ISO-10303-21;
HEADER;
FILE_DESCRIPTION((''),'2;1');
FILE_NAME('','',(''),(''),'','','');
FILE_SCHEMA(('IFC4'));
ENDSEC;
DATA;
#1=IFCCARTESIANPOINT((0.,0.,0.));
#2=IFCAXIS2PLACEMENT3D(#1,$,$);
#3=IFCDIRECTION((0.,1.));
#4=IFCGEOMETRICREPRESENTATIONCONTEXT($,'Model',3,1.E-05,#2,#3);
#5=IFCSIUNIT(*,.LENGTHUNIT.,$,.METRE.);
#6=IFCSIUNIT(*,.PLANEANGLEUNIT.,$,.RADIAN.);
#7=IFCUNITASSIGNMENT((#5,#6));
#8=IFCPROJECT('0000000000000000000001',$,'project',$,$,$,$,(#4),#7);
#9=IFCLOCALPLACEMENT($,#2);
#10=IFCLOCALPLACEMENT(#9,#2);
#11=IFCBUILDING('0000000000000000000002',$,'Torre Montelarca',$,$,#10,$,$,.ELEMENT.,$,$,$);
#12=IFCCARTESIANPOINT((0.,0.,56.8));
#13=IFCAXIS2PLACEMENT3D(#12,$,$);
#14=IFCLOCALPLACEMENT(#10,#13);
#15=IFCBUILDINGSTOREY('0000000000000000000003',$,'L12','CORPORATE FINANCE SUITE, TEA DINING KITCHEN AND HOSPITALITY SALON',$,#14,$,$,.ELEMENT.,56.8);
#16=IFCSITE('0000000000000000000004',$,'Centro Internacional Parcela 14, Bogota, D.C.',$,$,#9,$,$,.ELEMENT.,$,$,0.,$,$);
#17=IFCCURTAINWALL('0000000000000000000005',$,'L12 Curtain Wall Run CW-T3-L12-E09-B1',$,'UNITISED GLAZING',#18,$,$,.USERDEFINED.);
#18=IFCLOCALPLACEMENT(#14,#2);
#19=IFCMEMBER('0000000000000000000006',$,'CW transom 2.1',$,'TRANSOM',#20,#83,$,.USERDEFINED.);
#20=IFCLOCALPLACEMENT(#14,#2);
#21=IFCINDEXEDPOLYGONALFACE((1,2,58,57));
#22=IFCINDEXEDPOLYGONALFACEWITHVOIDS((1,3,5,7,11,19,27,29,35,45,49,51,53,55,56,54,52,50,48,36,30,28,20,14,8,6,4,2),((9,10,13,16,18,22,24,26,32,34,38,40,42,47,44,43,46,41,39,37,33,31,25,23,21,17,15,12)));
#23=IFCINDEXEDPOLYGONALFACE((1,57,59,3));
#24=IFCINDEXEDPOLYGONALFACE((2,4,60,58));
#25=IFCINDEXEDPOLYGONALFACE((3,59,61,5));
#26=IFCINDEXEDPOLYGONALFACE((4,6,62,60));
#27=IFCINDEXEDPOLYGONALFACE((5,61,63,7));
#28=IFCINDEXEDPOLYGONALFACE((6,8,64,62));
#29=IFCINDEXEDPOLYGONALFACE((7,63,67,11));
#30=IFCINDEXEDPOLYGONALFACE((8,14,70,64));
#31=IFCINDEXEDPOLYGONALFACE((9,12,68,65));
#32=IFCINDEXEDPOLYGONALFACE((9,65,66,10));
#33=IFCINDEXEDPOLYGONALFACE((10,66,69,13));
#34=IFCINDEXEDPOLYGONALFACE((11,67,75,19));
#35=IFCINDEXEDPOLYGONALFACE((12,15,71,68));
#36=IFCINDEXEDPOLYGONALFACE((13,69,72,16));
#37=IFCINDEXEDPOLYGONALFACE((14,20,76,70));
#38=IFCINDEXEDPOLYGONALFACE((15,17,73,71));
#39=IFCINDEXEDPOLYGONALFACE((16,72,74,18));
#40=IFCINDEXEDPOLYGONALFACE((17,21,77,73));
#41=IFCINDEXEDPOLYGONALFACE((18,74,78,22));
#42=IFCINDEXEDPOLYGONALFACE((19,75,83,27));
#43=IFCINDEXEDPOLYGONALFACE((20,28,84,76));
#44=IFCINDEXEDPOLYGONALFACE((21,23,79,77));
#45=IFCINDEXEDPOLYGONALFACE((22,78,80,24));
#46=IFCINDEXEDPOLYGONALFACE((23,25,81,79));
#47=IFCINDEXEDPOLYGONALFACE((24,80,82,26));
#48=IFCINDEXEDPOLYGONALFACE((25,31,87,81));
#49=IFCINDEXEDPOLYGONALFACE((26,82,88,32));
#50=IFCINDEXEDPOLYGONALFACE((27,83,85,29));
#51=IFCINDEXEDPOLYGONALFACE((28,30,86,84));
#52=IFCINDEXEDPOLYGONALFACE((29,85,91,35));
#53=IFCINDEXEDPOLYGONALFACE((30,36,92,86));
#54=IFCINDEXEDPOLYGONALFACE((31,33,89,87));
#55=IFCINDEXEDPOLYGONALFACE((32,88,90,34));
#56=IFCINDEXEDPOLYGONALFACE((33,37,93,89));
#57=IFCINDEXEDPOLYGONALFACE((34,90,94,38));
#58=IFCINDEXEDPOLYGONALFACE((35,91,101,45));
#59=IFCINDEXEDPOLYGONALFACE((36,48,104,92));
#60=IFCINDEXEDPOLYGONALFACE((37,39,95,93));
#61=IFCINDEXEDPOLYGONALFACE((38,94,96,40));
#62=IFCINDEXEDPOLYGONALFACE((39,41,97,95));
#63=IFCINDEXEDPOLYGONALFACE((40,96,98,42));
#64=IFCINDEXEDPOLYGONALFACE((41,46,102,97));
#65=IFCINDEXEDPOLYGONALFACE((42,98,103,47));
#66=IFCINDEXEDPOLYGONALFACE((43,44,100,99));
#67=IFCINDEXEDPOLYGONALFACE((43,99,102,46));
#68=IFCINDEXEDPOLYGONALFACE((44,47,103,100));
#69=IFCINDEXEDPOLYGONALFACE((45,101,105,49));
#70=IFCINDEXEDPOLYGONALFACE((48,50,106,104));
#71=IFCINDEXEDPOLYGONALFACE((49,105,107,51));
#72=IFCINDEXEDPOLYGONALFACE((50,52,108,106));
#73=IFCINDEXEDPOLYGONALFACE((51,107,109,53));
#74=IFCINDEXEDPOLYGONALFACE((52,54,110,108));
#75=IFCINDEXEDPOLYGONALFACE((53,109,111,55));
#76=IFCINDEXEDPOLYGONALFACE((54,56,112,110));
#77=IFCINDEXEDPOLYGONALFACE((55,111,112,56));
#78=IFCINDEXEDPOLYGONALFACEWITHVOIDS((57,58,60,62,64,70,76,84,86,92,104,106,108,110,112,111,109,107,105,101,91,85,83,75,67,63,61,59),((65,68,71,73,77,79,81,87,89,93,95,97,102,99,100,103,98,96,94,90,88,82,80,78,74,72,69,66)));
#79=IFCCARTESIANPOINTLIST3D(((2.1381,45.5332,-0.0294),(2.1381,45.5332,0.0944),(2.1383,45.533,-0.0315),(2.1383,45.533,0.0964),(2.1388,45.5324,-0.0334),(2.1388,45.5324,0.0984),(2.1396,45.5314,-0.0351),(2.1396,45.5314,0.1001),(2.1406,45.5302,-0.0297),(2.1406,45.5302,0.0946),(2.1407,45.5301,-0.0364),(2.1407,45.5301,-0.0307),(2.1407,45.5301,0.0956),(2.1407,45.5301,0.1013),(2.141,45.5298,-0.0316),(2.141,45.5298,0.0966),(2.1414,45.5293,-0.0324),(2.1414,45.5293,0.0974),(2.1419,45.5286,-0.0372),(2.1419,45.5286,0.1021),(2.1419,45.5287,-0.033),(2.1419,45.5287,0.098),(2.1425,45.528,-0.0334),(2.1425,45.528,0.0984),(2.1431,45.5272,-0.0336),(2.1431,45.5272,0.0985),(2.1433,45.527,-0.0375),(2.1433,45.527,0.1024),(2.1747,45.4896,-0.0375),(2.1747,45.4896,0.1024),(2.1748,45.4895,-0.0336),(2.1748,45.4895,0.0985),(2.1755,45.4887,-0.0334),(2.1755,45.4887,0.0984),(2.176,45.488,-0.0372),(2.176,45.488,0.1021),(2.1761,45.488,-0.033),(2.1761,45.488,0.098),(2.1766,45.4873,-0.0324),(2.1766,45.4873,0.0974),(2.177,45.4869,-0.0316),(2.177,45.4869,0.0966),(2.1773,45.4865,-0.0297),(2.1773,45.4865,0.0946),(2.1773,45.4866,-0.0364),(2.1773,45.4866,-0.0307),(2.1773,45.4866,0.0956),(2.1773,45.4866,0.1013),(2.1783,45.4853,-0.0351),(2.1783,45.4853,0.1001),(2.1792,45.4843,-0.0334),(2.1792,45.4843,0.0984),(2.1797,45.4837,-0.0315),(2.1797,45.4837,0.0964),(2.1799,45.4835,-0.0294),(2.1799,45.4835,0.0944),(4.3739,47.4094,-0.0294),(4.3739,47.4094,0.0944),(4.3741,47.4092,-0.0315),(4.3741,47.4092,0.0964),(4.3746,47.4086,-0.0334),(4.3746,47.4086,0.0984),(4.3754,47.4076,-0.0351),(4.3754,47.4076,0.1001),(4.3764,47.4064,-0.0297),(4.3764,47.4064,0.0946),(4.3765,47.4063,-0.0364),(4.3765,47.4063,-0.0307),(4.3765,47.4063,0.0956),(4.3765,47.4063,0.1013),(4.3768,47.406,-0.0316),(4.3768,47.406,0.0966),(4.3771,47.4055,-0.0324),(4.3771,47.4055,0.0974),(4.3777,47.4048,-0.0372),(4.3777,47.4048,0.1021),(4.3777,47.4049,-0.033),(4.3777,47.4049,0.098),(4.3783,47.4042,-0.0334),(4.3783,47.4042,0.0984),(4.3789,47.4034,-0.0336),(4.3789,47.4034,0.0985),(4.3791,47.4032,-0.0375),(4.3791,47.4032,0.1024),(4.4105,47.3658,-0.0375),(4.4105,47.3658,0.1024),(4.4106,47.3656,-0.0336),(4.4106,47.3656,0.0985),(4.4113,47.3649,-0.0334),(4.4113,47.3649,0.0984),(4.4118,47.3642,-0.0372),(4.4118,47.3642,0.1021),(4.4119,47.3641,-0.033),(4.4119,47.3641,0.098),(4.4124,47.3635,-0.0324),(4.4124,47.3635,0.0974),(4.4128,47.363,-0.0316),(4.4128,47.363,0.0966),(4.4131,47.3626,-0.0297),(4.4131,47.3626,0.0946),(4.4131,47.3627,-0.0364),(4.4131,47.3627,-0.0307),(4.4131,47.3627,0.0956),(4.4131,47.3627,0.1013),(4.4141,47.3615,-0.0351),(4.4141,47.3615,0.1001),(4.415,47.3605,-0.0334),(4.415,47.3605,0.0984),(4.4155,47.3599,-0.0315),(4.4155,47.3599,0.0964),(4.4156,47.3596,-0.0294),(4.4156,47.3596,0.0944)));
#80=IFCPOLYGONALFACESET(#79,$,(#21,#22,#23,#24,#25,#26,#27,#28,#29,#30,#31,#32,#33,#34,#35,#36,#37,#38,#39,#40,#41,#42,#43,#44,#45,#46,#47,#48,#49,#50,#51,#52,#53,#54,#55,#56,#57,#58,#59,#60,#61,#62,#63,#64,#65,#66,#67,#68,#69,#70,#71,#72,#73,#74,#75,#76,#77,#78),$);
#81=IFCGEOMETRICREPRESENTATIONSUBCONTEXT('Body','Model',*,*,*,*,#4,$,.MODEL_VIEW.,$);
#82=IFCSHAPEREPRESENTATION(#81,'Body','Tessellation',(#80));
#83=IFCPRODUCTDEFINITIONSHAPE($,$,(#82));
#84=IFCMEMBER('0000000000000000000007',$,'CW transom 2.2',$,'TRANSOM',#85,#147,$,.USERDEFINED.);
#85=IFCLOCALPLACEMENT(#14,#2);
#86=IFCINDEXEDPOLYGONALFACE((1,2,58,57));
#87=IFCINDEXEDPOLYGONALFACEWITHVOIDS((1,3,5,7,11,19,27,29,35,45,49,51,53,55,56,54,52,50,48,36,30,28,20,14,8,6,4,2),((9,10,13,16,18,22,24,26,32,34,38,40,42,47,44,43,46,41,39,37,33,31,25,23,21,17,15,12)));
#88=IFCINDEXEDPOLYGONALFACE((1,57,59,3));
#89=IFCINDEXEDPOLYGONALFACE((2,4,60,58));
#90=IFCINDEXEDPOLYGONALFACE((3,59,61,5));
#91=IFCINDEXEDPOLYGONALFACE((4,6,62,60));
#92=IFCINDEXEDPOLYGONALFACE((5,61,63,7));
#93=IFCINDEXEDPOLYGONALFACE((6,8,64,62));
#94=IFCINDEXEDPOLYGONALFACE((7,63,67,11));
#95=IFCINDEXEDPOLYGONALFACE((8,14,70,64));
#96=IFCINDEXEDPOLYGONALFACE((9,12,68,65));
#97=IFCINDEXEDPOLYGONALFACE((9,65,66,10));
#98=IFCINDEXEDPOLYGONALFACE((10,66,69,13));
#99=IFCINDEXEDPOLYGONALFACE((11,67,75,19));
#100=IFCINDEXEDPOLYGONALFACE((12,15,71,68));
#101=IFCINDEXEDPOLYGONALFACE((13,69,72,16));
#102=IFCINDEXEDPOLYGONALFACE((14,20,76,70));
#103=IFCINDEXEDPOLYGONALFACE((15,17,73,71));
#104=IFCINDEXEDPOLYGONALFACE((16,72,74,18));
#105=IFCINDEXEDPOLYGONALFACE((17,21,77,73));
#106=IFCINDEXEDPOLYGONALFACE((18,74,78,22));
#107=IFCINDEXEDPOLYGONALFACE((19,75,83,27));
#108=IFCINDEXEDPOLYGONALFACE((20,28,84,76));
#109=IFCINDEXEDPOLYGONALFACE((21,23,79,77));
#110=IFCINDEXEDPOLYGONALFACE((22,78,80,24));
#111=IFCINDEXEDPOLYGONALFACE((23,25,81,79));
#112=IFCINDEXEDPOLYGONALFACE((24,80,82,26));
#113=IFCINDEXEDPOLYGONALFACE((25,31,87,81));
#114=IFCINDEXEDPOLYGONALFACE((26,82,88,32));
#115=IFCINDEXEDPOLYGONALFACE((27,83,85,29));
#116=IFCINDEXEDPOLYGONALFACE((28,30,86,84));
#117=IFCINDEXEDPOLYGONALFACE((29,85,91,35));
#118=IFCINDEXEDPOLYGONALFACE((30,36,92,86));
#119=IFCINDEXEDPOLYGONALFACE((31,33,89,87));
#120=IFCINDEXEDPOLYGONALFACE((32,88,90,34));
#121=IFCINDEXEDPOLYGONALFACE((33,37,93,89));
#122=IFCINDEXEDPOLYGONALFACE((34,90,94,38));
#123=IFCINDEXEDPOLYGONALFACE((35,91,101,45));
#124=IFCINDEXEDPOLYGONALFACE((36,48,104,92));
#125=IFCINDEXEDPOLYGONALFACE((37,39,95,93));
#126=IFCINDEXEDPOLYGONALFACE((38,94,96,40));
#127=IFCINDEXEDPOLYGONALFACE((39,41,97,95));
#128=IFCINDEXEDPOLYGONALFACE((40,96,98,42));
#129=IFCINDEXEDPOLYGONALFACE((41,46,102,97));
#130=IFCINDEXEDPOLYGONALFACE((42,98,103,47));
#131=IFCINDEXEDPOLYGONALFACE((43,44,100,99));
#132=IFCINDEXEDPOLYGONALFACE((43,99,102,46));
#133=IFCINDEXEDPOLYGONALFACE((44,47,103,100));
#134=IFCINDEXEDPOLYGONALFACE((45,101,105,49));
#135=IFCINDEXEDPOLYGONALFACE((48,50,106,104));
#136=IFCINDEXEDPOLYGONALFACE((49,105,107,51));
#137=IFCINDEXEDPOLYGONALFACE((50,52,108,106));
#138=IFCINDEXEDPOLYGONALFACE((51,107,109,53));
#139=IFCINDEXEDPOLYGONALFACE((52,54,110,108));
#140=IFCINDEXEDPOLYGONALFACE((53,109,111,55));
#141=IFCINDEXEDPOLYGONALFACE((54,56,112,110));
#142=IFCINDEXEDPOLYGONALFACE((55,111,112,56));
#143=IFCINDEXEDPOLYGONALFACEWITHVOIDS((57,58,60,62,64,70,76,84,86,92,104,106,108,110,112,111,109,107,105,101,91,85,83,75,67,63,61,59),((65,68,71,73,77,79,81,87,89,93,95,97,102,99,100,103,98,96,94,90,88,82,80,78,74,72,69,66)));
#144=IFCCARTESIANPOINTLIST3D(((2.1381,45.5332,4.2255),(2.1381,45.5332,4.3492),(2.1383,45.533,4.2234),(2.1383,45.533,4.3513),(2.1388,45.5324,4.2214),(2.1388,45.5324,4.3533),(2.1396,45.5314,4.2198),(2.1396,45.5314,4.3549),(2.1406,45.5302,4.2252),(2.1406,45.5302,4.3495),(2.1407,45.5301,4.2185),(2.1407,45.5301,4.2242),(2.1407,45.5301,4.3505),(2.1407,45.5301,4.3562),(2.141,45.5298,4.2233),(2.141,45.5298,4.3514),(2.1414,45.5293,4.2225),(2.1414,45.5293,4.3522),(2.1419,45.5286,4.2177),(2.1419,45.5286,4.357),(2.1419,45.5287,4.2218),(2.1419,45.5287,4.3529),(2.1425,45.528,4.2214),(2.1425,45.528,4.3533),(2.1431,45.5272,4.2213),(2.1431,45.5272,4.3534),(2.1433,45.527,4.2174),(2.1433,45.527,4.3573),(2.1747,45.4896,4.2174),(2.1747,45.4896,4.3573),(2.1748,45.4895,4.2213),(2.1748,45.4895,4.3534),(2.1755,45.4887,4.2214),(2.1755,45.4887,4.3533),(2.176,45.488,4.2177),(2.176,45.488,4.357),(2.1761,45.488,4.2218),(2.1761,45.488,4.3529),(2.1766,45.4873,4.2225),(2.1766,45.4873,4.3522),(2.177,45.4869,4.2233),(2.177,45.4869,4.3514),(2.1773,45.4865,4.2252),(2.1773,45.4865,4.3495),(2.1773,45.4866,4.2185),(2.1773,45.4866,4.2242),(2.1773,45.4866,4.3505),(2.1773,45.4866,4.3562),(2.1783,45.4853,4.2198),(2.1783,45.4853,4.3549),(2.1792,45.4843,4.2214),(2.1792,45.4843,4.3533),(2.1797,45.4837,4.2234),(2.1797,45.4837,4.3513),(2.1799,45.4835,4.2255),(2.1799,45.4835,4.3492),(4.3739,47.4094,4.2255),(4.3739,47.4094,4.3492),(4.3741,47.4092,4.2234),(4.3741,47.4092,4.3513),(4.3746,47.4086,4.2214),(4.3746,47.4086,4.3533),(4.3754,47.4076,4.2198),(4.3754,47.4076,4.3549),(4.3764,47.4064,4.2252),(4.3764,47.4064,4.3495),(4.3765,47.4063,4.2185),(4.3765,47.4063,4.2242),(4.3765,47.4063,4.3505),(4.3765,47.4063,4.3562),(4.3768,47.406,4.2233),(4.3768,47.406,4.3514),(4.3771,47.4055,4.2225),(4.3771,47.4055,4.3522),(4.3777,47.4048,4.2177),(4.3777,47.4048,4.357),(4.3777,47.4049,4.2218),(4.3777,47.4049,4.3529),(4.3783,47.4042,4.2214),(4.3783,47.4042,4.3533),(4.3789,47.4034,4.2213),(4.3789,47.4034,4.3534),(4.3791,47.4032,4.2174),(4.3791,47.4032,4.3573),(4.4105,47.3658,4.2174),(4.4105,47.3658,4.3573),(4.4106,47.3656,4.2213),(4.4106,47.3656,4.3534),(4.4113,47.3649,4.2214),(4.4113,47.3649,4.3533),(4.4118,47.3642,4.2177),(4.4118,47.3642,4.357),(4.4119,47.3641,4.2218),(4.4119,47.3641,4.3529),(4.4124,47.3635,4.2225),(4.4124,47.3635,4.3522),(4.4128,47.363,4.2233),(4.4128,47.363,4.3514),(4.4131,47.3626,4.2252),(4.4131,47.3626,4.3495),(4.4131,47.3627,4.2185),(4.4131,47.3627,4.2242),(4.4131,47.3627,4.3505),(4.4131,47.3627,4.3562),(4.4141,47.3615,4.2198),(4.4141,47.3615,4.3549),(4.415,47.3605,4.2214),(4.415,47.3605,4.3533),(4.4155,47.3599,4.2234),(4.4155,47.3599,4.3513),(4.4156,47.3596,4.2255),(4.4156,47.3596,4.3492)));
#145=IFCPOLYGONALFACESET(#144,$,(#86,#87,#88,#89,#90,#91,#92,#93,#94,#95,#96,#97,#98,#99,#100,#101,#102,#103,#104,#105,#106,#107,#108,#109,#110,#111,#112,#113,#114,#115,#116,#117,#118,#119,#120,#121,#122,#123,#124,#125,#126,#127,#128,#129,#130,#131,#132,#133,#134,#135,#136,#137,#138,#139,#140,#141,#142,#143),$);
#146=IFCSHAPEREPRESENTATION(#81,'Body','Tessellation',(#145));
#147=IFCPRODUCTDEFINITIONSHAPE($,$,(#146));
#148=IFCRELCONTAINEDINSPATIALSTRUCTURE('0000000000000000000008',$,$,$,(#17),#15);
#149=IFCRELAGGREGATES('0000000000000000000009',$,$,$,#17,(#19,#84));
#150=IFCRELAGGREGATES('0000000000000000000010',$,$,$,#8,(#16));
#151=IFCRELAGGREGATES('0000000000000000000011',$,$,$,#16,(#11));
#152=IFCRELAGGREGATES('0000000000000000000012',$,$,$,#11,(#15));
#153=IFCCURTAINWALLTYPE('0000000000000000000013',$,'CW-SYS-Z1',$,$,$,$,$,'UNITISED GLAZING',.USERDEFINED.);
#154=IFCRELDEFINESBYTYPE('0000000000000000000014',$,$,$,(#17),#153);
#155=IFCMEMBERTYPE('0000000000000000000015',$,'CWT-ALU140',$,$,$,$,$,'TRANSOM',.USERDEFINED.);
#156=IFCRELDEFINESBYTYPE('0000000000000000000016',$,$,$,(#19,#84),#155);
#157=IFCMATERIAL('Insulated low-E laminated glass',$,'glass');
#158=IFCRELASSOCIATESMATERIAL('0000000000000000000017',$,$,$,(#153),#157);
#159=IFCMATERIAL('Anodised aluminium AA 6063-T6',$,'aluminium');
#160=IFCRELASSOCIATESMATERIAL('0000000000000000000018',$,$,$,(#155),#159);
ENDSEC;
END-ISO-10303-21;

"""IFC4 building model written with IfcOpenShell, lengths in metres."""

from ifc_helpers import new_model, si_unit, direction, frame, origin, origin_2d, place, context, subcontext, project, spatial, hollow_rectangle, extrude, source, transform, mapped, material, material_profile, profile_set, type_object, element, aggregate, save


model = new_model("IFC4")

# Units and contexts
model_context = context("Model", 3, precision=1e-05, world=origin(), true_north=direction((0.0, 1.0)))
body_context = subcontext(model_context, "Body", "Model", "MODEL_VIEW")
ifc_project = project(units=[si_unit("LENGTHUNIT", "METRE"), si_unit("PLANEANGLEUNIT", "RADIAN")], contexts=[model_context])

# Site, building, storey
site_placement = place(None, origin())
site = spatial("IfcSite", under=ifc_project, at=site_placement, Name="Centro Internacional Parcela 14, Bogota, D.C.", CompositionType="ELEMENT", RefElevation=0.0)
building_placement = place(site_placement, origin())
building = spatial("IfcBuilding", under=site, at=building_placement, Name="Torre Montelarca", CompositionType="ELEMENT")
storey_placement = place(building_placement, frame((0.0, 0.0, 56.8)))
storey = spatial("IfcBuildingStorey", under=building, at=storey_placement, Name="L12", Description="CORPORATE FINANCE SUITE, TEA DINING KITCHEN AND HOSPITALITY SALON", CompositionType="ELEMENT", Elevation=56.8)

# Curtain wall
ifc_material_1 = material(Name="Insulated low-E laminated glass", Category="glass")
curtain_wall_type = type_object("IfcCurtainWallType", Name="CW-SYS-Z1", ElementType="UNITISED GLAZING", PredefinedType="USERDEFINED", material=ifc_material_1)
curtain_wall_1_placement = place(storey_placement, origin())
curtain_wall_1 = element("IfcCurtainWall", 1, at=curtain_wall_1_placement, inside=storey, type_object=curtain_wall_type, Name="L12 Curtain Wall Run CW-T3-L12-E09-B1", ObjectType="UNITISED GLAZING", PredefinedType="USERDEFINED")
ifc_material_2 = material(Name="Anodised aluminium AA 6063-T6", Category="aluminium")

# Members
ifc_material_profile_1 = material_profile(ifc_material_2, hollow_rectangle(XDim=0.0649, YDim=0.1399, WallThickness=0.0039, InnerFilletRadius=0.0039, OuterFilletRadius=0.0081, at=origin_2d()), Name="ALU65X140X4", Category="aluminium")
ifc_profile_set_1 = profile_set([ifc_material_profile_1], Name="Anodised aluminium AA 6063-T6")
member_type_1 = type_object("IfcMemberType", Name="CWT-ALU140", ElementType="TRANSOM", PredefinedType="USERDEFINED", material=ifc_profile_set_1)
shared_shape_1 = source(origin(), body_context, "Body", "SweptSolid", [
    extrude(hollow_rectangle(XDim=0.0649, YDim=0.1399, WallThickness=0.0039, InnerFilletRadius=0.0039, OuterFilletRadius=0.0081, at=origin_2d()), origin(), (0.0, 0.0, 1.0), 2.9187),
])
member_1_placement = place(storey_placement, frame((4.3948, 47.3845, 0.0325), z_axis=(-0.766023, -0.642813, 0.0), x_axis=(0.642813, -0.766023, 0.0)))
member_1 = element("IfcMember", 2, at=member_1_placement, type_object=member_type_1, Name="CW transom 2.1", ObjectType="TRANSOM", PredefinedType="USERDEFINED", context=body_context, shape_type="MappedRepresentation", body=[
    mapped(shared_shape_1, transform((0.0, 0.0, 0.0), scale=1.0)),
])
member_2_placement = place(storey_placement, frame((4.3948, 47.3845, 4.2874), z_axis=(-0.766023, -0.642813, 0.0), x_axis=(0.642813, -0.766023, 0.0)))
member_2 = element("IfcMember", 3, at=member_2_placement, type_object=member_type_1, Name="CW transom 2.2", ObjectType="TRANSOM", PredefinedType="USERDEFINED", context=body_context, shape_type="MappedRepresentation", body=[
    mapped(shared_shape_1, transform((0.0, 0.0, 0.0), scale=1.0)),
])

aggregate(curtain_wall_1, [member_1, member_2])

save(model, "model.ifc")
